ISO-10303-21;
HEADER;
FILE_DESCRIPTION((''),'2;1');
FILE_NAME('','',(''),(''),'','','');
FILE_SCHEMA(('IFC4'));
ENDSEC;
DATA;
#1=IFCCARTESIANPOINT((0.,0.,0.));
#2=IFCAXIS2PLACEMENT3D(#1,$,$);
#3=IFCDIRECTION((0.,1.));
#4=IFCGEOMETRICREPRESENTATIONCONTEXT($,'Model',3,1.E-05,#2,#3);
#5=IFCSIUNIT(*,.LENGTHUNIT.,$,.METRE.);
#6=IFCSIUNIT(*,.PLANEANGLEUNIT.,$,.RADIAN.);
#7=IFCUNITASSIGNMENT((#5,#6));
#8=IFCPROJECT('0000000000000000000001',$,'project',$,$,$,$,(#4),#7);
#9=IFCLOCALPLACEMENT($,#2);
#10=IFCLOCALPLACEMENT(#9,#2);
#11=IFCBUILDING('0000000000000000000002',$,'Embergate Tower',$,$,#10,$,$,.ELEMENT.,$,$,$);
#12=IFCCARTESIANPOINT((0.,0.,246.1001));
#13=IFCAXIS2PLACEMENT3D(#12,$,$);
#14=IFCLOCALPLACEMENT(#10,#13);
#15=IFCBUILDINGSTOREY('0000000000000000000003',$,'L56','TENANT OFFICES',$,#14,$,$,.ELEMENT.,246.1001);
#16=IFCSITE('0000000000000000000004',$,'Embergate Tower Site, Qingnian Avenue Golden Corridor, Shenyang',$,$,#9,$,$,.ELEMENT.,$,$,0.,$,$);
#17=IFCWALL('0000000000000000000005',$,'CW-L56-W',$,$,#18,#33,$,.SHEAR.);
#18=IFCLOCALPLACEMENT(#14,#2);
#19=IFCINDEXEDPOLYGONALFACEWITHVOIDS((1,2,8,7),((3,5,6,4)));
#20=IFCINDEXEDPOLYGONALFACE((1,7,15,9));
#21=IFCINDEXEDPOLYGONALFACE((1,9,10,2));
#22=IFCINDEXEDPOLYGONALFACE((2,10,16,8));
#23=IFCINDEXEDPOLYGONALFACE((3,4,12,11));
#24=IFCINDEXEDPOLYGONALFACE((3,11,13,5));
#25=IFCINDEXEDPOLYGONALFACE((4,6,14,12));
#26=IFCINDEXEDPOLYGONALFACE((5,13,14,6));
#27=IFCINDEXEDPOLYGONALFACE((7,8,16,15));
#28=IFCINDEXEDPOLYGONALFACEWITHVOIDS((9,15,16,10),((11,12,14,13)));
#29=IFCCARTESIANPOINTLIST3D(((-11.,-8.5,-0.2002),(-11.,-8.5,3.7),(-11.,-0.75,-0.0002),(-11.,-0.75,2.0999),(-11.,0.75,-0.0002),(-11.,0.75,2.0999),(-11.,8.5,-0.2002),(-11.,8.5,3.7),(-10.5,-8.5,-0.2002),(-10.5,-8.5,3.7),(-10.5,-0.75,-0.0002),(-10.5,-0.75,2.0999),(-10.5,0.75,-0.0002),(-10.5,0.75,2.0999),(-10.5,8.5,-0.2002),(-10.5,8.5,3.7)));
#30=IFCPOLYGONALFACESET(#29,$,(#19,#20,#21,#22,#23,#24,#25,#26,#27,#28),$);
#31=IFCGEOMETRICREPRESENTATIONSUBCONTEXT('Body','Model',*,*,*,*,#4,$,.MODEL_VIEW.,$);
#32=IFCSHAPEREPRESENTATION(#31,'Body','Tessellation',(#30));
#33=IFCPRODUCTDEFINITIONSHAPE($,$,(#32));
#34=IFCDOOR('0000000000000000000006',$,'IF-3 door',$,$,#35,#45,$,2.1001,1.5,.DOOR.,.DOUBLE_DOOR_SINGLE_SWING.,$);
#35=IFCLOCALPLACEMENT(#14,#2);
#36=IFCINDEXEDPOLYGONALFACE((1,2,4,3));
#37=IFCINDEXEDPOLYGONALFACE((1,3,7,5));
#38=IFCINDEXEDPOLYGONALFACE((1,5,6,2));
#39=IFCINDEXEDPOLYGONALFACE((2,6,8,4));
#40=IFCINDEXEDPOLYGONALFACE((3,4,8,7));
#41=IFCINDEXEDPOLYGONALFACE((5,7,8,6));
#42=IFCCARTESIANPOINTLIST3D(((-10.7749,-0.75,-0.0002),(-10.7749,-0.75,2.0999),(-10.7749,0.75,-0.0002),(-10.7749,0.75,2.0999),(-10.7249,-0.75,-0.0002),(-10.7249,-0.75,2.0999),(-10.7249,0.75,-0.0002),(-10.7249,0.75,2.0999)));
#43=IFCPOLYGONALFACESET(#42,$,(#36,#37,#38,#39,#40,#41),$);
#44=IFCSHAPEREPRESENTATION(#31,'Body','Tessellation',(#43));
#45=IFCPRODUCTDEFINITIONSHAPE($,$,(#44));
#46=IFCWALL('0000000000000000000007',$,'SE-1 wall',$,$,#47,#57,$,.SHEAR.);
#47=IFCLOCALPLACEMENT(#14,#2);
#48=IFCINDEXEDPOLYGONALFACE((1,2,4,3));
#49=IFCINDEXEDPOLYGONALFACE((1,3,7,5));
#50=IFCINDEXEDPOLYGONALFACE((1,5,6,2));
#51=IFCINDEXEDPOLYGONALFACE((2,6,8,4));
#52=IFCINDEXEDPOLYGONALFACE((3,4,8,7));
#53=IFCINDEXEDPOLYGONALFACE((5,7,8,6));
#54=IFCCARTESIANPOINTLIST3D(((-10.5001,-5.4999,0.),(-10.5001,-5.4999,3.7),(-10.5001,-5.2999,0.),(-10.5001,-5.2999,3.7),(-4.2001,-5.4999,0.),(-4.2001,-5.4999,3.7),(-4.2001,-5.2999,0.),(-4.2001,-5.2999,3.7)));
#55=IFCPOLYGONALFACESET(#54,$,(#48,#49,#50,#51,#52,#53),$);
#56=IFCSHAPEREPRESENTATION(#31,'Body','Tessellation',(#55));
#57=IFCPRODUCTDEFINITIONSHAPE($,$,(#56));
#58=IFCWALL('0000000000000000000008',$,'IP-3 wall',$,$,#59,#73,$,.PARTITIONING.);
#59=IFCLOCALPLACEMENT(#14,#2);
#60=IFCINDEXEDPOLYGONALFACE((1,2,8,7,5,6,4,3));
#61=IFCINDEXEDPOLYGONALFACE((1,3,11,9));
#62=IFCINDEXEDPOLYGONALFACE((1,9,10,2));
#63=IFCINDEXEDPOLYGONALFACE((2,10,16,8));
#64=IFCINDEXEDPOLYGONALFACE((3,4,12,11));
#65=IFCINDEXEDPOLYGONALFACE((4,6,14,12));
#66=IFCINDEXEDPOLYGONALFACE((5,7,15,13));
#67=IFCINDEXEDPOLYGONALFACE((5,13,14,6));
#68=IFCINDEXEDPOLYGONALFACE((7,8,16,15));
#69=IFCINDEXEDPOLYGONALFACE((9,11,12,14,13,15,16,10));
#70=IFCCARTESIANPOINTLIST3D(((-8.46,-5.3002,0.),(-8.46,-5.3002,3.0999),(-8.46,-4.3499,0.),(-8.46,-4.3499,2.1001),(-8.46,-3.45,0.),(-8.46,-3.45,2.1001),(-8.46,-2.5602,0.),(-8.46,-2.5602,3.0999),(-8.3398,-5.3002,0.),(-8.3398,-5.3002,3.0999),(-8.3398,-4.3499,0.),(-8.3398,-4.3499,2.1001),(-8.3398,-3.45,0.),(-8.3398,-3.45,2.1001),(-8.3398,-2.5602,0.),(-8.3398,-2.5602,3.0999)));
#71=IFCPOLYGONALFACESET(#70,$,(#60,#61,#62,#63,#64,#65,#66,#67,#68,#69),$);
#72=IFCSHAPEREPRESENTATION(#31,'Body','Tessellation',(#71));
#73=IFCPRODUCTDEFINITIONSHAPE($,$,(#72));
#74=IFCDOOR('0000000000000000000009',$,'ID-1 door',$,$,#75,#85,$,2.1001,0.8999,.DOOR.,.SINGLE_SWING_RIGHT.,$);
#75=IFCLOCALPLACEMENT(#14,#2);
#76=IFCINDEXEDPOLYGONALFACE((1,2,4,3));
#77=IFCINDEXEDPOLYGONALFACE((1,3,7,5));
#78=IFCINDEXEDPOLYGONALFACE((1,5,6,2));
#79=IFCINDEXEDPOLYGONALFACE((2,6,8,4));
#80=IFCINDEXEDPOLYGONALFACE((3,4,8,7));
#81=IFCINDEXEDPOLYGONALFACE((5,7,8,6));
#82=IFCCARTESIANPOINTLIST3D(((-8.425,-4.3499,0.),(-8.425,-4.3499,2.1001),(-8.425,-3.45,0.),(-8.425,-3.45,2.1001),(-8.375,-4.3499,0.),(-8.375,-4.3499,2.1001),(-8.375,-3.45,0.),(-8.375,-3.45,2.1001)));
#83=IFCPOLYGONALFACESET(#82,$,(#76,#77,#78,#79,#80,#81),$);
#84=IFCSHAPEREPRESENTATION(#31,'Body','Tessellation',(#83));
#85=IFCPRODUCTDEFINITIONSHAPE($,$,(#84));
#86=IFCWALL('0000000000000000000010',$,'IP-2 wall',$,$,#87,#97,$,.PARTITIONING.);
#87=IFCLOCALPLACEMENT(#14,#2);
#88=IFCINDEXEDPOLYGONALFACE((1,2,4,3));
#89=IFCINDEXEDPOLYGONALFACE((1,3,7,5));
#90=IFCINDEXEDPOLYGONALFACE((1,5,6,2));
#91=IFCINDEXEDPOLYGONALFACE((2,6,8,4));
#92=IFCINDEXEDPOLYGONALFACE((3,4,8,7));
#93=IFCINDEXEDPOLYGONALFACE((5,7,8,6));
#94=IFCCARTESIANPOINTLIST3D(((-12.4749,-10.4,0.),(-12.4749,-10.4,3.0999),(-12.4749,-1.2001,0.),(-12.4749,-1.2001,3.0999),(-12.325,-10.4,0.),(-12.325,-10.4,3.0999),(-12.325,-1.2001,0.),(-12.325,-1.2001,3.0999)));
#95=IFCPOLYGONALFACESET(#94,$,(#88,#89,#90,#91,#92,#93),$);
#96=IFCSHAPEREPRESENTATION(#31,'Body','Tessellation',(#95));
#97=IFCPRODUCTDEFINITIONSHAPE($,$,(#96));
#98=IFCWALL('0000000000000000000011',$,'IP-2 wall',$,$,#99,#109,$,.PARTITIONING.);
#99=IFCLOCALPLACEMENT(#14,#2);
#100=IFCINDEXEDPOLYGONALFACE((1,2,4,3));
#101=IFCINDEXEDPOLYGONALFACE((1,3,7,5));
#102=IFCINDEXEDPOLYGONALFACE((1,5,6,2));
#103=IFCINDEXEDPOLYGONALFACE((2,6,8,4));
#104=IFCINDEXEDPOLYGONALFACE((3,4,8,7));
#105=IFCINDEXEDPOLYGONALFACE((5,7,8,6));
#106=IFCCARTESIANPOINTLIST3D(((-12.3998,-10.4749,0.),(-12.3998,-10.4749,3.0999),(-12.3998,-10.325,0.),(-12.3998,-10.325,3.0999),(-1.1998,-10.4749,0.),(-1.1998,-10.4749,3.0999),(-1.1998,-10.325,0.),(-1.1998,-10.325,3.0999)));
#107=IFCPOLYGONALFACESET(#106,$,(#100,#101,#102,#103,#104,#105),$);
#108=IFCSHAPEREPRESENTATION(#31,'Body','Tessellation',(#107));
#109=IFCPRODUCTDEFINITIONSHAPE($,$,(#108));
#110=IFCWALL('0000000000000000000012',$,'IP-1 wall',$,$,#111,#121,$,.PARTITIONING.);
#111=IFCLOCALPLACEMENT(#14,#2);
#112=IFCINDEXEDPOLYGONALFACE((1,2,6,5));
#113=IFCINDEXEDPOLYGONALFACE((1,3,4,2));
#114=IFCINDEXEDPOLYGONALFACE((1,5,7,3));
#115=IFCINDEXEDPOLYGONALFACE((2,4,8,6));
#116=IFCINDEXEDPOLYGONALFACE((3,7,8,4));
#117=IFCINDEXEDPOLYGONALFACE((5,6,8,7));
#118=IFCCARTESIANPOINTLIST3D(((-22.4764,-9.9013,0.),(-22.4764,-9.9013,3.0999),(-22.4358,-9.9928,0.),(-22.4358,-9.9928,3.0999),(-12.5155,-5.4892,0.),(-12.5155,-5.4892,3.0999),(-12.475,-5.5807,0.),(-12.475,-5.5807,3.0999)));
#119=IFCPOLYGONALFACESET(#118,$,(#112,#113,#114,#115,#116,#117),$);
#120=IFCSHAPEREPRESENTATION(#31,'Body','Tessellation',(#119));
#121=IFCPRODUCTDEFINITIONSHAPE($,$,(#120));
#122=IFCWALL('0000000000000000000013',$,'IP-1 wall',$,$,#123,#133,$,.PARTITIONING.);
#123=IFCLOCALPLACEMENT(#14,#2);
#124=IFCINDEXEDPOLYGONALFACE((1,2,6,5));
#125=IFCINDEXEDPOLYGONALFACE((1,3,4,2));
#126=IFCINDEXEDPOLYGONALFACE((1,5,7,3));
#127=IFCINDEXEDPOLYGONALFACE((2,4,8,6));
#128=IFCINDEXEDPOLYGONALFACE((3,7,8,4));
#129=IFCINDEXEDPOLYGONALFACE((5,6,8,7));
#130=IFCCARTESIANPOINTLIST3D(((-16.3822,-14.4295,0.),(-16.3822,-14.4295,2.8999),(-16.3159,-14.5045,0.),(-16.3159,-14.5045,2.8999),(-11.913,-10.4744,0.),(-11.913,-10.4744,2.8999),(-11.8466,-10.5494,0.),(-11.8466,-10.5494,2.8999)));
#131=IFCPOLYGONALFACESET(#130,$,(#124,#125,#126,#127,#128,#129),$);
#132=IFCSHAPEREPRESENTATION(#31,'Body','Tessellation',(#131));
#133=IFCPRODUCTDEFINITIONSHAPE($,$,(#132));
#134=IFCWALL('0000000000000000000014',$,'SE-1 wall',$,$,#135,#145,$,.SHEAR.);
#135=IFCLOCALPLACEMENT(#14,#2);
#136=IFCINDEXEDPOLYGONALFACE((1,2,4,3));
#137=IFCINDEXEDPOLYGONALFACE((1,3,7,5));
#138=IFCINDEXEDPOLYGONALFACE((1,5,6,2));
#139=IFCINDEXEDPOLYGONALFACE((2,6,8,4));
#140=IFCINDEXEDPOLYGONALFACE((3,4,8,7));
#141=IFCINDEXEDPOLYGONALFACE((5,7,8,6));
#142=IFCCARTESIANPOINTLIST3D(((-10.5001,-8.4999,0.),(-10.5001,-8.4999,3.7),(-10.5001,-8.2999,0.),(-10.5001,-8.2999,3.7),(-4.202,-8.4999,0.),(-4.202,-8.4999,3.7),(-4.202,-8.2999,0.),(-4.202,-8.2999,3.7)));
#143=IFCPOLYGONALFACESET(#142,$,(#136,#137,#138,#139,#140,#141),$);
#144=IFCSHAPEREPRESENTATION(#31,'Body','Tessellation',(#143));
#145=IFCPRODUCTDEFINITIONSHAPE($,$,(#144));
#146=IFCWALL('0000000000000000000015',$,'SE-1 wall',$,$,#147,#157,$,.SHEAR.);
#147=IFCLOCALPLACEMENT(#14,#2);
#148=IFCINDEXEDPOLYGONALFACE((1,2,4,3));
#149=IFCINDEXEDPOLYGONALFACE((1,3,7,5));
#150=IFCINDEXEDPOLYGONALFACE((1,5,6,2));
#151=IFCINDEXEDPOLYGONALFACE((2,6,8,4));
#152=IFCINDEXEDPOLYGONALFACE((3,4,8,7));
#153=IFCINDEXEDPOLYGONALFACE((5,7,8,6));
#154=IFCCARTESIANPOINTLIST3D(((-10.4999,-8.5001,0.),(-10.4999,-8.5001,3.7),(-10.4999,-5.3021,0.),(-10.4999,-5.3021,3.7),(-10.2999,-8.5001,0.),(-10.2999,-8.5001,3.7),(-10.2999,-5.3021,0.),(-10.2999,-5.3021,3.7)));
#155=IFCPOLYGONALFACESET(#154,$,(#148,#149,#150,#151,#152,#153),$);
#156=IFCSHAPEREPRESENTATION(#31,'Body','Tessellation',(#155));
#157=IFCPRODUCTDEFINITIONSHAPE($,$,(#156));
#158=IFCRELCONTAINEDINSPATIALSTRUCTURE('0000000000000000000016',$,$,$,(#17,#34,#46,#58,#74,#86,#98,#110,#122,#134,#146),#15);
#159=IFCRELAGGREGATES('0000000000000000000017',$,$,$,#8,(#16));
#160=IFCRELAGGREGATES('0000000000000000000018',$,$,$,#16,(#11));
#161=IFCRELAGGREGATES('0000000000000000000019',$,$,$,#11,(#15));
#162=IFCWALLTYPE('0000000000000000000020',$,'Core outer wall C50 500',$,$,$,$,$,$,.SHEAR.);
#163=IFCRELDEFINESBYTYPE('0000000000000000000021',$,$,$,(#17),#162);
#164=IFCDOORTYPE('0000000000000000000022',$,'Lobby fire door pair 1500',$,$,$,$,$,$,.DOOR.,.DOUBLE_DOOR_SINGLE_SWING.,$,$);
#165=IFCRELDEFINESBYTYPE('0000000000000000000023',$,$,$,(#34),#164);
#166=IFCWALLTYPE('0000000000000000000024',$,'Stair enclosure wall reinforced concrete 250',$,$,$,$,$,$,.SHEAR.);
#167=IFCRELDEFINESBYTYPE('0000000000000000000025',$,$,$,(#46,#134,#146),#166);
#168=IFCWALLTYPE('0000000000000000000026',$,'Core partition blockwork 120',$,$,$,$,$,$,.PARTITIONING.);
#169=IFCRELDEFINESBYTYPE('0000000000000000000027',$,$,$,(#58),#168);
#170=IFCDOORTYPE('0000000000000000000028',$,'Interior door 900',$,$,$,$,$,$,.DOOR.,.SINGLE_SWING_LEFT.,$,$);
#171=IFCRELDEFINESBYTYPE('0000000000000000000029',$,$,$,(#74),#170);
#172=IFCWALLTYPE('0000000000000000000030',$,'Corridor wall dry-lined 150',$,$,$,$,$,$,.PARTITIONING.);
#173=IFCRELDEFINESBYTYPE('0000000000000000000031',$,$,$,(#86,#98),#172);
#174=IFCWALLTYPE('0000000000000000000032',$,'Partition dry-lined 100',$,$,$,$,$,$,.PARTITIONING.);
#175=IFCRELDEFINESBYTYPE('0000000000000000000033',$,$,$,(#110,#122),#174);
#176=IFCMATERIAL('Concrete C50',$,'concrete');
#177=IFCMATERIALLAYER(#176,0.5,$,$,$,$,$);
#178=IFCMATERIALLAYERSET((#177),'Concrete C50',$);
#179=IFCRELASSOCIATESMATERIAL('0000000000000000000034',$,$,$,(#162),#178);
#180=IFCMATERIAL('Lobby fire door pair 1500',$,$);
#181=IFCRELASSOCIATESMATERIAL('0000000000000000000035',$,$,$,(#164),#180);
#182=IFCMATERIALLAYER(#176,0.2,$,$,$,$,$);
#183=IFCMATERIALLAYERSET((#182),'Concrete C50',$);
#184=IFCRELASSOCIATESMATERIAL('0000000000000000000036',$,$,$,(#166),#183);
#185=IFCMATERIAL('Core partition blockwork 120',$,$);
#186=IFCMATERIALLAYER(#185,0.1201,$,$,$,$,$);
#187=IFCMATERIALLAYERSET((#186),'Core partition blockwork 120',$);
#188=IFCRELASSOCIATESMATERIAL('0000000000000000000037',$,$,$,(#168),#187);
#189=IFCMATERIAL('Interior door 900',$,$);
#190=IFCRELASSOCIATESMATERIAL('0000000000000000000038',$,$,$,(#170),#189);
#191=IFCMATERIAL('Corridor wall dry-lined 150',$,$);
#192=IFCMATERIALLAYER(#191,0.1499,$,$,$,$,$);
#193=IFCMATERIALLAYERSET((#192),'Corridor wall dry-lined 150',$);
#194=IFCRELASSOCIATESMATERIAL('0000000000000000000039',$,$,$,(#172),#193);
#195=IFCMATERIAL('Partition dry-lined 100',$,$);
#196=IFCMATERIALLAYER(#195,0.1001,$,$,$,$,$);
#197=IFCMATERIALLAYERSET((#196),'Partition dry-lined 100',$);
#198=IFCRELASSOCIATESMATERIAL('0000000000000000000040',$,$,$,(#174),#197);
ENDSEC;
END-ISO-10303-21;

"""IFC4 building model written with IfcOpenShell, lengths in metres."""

from ifc_helpers import new_model, si_unit, direction, frame, frame_2d, origin, place, context, subcontext, project, spatial, rectangle, extrude, source, transform, mapped, material, layer, layer_set, type_object, element, fill, save


model = new_model("IFC4")

# Units and contexts
model_context = context("Model", 3, precision=1e-05, world=origin(), true_north=direction((0.0, 1.0)))
body_context = subcontext(model_context, "Body", "Model", "MODEL_VIEW")
ifc_project = project(units=[si_unit("LENGTHUNIT", "METRE"), si_unit("PLANEANGLEUNIT", "RADIAN")], contexts=[model_context])

# Site, building, storey
site_placement = place(None, origin())
site = spatial("IfcSite", under=ifc_project, at=site_placement, Name="Embergate Tower Site, Qingnian Avenue Golden Corridor, Shenyang", CompositionType="ELEMENT", RefElevation=0.0)
building_placement = place(site_placement, origin())
building = spatial("IfcBuilding", under=site, at=building_placement, Name="Embergate Tower", CompositionType="ELEMENT")
storey_placement = place(building_placement, frame((0.0, 0.0, 246.1001)))
storey = spatial("IfcBuildingStorey", under=building, at=storey_placement, Name="L56", Description="TENANT OFFICES", CompositionType="ELEMENT", Elevation=246.1001)

# Shared definitions
ifc_material_1 = material(Name="Concrete C50", Category="concrete")
ifc_layer_1 = layer(ifc_material_1, 0.5)
ifc_layer_set_1 = layer_set([ifc_layer_1], Name="Concrete C50")
wall_type_1 = type_object("IfcWallType", Name="Core outer wall C50 500", PredefinedType="SHEAR", material=ifc_layer_set_1)

# Wall, opening, door
shared_shape_1 = source(origin(), body_context, "Body", "SweptSolid", [
    extrude(rectangle(XDim=17.0, YDim=0.5, at=frame_2d((8.5, 0.0))), origin(), (0.0, 0.0, 1.0), 3.9001),
])
wall_1_placement = place(storey_placement, frame((-10.75, -8.5, -0.2002), z_axis=(0.0, 0.0, 1.0), x_axis=(0.0, 1.0, 0.0)))
wall_1 = element("IfcWall", 1, at=wall_1_placement, inside=storey, type_object=wall_type_1, Name="CW-L56-W", PredefinedType="SHEAR", context=body_context, shape_type="MappedRepresentation", body=[
    mapped(shared_shape_1, transform((0.0, 0.0, 0.0))),
])
shared_shape_2 = source(origin(), body_context, "Body", "SweptSolid", [
    extrude(rectangle(XDim=1.5, YDim=2.1001, at=frame_2d((0.75, 1.05))), frame((0.0, 0.26, 0.0), z_axis=(0.0, -1.0, 0.0), x_axis=(1.0, 0.0, 0.0)), (0.0, 0.0, 1.0), 0.52),
])
opening_1_placement = place(wall_1_placement, frame((7.75, 0.0, 0.2)))
opening_1 = element("IfcOpeningElement", 2, at=opening_1_placement, cuts=wall_1, PredefinedType="OPENING", context=body_context, shape_type="MappedRepresentation", body=[
    mapped(shared_shape_2, transform((0.0, 0.0, 0.0))),
])
ifc_material_2 = material(Name="Lobby fire door pair 1500")
door_type_1 = type_object("IfcDoorType", Name="Lobby fire door pair 1500", OperationType="DOUBLE_DOOR_SINGLE_SWING", PredefinedType="DOOR", material=ifc_material_2)
shared_shape_3 = source(origin(), body_context, "Body", "SweptSolid", [
    extrude(rectangle(XDim=1.5, YDim=2.1001, at=frame_2d((0.75, 1.05))), frame((0.0, 0.0249, 0.0), z_axis=(0.0, -1.0, 0.0), x_axis=(1.0, 0.0, 0.0)), (0.0, 0.0, 1.0), 0.05),
])
door_1_placement = place(opening_1_placement, origin())
door_1 = element("IfcDoor", 3, at=door_1_placement, inside=storey, type_object=door_type_1, Name="IF-3 door", OperationType="DOUBLE_DOOR_SINGLE_SWING", OverallHeight=2.1001, OverallWidth=1.5, PredefinedType="DOOR", context=body_context, shape_type="MappedRepresentation", body=[
    mapped(shared_shape_3, transform((0.0, 0.0, 0.0))),
])
fill(opening_1, door_1)

# Wall
ifc_layer_2 = layer(ifc_material_1, 0.2)
ifc_layer_set_2 = layer_set([ifc_layer_2], Name="Concrete C50")
wall_type_2 = type_object("IfcWallType", Name="Stair enclosure wall reinforced concrete 250", PredefinedType="SHEAR", material=ifc_layer_set_2)
shared_shape_4 = source(origin(), body_context, "Body", "SweptSolid", [
    extrude(rectangle(XDim=6.3, YDim=0.2, at=frame_2d((3.1499, 0.0))), origin(), (0.0, 0.0, 1.0), 3.7),
])
wall_2_placement = place(storey_placement, frame((-10.5, -5.3999, 0.0), z_axis=(0.0, 0.0, 1.0), x_axis=(1.0, 0.0, 0.0)))
element("IfcWall", 4, at=wall_2_placement, inside=storey, type_object=wall_type_2, Name="SE-1 wall", PredefinedType="SHEAR", context=body_context, shape_type="MappedRepresentation", body=[
    mapped(shared_shape_4, transform((0.0, 0.0, 0.0))),
])

# Wall, opening, door
ifc_material_3 = material(Name="Core partition blockwork 120")
ifc_layer_3 = layer(ifc_material_3, 0.1201)
ifc_layer_set_3 = layer_set([ifc_layer_3], Name="Core partition blockwork 120")
wall_type_3 = type_object("IfcWallType", Name="Core partition blockwork 120", PredefinedType="PARTITIONING", material=ifc_layer_set_3)
shared_shape_5 = source(origin(), body_context, "Body", "SweptSolid", [
    extrude(rectangle(XDim=2.74, YDim=0.1201, at=frame_2d((1.3701, 0.0))), origin(), (0.0, 0.0, 1.0), 3.0999),
])
wall_3_placement = place(storey_placement, frame((-8.3999, -2.5601, 0.0), z_axis=(0.0, 0.0, 1.0), x_axis=(0.0, -1.0, 0.0)))
wall_3 = element("IfcWall", 5, at=wall_3_placement, inside=storey, type_object=wall_type_3, Name="IP-3 wall", PredefinedType="PARTITIONING", context=body_context, shape_type="MappedRepresentation", body=[
    mapped(shared_shape_5, transform((0.0, 0.0, 0.0))),
])
shared_shape_6 = source(origin(), body_context, "Body", "SweptSolid", [
    extrude(rectangle(XDim=0.8999, YDim=2.1001, at=frame_2d((0.45, 1.05))), frame((0.0, 0.0701, 0.0), z_axis=(0.0, -1.0, 0.0), x_axis=(1.0, 0.0, 0.0)), (0.0, 0.0, 1.0), 0.1401),
])
opening_2_placement = place(wall_3_placement, frame((0.8899, 0.0, 0.0)))
opening_2 = element("IfcOpeningElement", 6, at=opening_2_placement, cuts=wall_3, PredefinedType="OPENING", context=body_context, shape_type="MappedRepresentation", body=[
    mapped(shared_shape_6, transform((0.0, 0.0, 0.0))),
])
ifc_material_4 = material(Name="Interior door 900")
door_type_2 = type_object("IfcDoorType", Name="Interior door 900", OperationType="SINGLE_SWING_LEFT", PredefinedType="DOOR", material=ifc_material_4)
shared_shape_7 = source(origin(), body_context, "Body", "SweptSolid", [
    extrude(rectangle(XDim=0.8999, YDim=2.1001, at=frame_2d((0.45, 1.05))), frame((0.0, 0.0249, 0.0), z_axis=(0.0, -1.0, 0.0), x_axis=(1.0, 0.0, 0.0)), (0.0, 0.0, 1.0), 0.05),
])
door_2_placement = place(opening_2_placement, origin())
door_2 = element("IfcDoor", 7, at=door_2_placement, inside=storey, type_object=door_type_2, Name="ID-1 door", OperationType="SINGLE_SWING_RIGHT", OverallHeight=2.1001, OverallWidth=0.8999, PredefinedType="DOOR", context=body_context, shape_type="MappedRepresentation", body=[
    mapped(shared_shape_7, transform((0.0, 0.0, 0.0))),
])
fill(opening_2, door_2)

# Walls
ifc_material_5 = material(Name="Corridor wall dry-lined 150")
ifc_layer_4 = layer(ifc_material_5, 0.1499)
ifc_layer_set_4 = layer_set([ifc_layer_4], Name="Corridor wall dry-lined 150")
wall_type_4 = type_object("IfcWallType", Name="Corridor wall dry-lined 150", PredefinedType="PARTITIONING", material=ifc_layer_set_4)
shared_shape_8 = source(origin(), body_context, "Body", "SweptSolid", [
    extrude(rectangle(XDim=9.2, YDim=0.1499, at=frame_2d((4.6001, 0.0))), origin(), (0.0, 0.0, 1.0), 3.0999),
])
wall_4_placement = place(storey_placement, frame((-12.3999, -1.2, 0.0), z_axis=(0.0, 0.0, 1.0), x_axis=(0.0, -1.0, 0.0)))
element("IfcWall", 8, at=wall_4_placement, inside=storey, type_object=wall_type_4, Name="IP-2 wall", PredefinedType="PARTITIONING", context=body_context, shape_type="MappedRepresentation", body=[
    mapped(shared_shape_8, transform((0.0, 0.0, 0.0))),
])
shared_shape_9 = source(origin(), body_context, "Body", "SweptSolid", [
    extrude(rectangle(XDim=11.2, YDim=0.1499, at=frame_2d((5.6001, 0.0))), origin(), (0.0, 0.0, 1.0), 3.0999),
])
wall_5_placement = place(storey_placement, frame((-12.3999, -10.3999, 0.0), z_axis=(0.0, 0.0, 1.0), x_axis=(1.0, 0.0, 0.0)))
element("IfcWall", 9, at=wall_5_placement, inside=storey, type_object=wall_type_4, Name="IP-2 wall", PredefinedType="PARTITIONING", context=body_context, shape_type="MappedRepresentation", body=[
    mapped(shared_shape_9, transform((0.0, 0.0, 0.0))),
])
ifc_material_6 = material(Name="Partition dry-lined 100")
ifc_layer_5 = layer(ifc_material_6, 0.1001)
ifc_layer_set_5 = layer_set([ifc_layer_5], Name="Partition dry-lined 100")
wall_type_5 = type_object("IfcWallType", Name="Partition dry-lined 100", PredefinedType="PARTITIONING", material=ifc_layer_set_5)
shared_shape_10 = source(origin(), body_context, "Body", "SweptSolid", [
    extrude(rectangle(XDim=10.8943, YDim=0.1001, at=frame_2d((5.4473, 0.0))), origin(), (0.0, 0.0, 1.0), 3.0999),
])
wall_6_placement = place(storey_placement, frame((-12.4951, -5.5349, 0.0), z_axis=(0.0, 0.0, 1.0), x_axis=(-0.914321, -0.40499, 0.0)))
element("IfcWall", 10, at=wall_6_placement, inside=storey, type_object=wall_type_5, Name="IP-1 wall", PredefinedType="PARTITIONING", context=body_context, shape_type="MappedRepresentation", body=[
    mapped(shared_shape_10, transform((0.0, 0.0, 0.0))),
])
shared_shape_11 = source(origin(), body_context, "Body", "SweptSolid", [
    extrude(rectangle(XDim=5.968, YDim=0.1001, at=frame_2d((2.9839, 0.0))), origin(), (0.0, 0.0, 1.0), 2.8999),
])
wall_7_placement = place(storey_placement, frame((-11.8799, -10.512, 0.0), z_axis=(0.0, 0.0, 1.0), x_axis=(-0.74887, -0.662717, 0.0)))
element("IfcWall", 11, at=wall_7_placement, inside=storey, type_object=wall_type_5, Name="IP-1 wall", PredefinedType="PARTITIONING", context=body_context, shape_type="MappedRepresentation", body=[
    mapped(shared_shape_11, transform((0.0, 0.0, 0.0))),
])
shared_shape_12 = source(origin(), body_context, "Body", "SweptSolid", [
    extrude(rectangle(XDim=6.2981, YDim=0.2, at=frame_2d((3.1489, 0.0))), origin(), (0.0, 0.0, 1.0), 3.7),
])
wall_8_placement = place(storey_placement, frame((-10.5, -8.3999, 0.0), z_axis=(0.0, 0.0, 1.0), x_axis=(1.0, 0.0, 0.0)))
element("IfcWall", 12, at=wall_8_placement, inside=storey, type_object=wall_type_2, Name="SE-1 wall", PredefinedType="SHEAR", context=body_context, shape_type="MappedRepresentation", body=[
    mapped(shared_shape_12, transform((0.0, 0.0, 0.0))),
])
shared_shape_13 = source(origin(), body_context, "Body", "SweptSolid", [
    extrude(rectangle(XDim=3.198, YDim=0.2, at=frame_2d((1.5991, 0.0))), origin(), (0.0, 0.0, 1.0), 3.7),
])
wall_9_placement = place(storey_placement, frame((-10.3999, -5.302, 0.0), z_axis=(0.0, 0.0, 1.0), x_axis=(0.0, -1.0, 0.0)))
element("IfcWall", 13, at=wall_9_placement, inside=storey, type_object=wall_type_2, Name="SE-1 wall", PredefinedType="SHEAR", context=body_context, shape_type="MappedRepresentation", body=[
    mapped(shared_shape_13, transform((0.0, 0.0, 0.0))),
])

save(model, "model.ifc")
